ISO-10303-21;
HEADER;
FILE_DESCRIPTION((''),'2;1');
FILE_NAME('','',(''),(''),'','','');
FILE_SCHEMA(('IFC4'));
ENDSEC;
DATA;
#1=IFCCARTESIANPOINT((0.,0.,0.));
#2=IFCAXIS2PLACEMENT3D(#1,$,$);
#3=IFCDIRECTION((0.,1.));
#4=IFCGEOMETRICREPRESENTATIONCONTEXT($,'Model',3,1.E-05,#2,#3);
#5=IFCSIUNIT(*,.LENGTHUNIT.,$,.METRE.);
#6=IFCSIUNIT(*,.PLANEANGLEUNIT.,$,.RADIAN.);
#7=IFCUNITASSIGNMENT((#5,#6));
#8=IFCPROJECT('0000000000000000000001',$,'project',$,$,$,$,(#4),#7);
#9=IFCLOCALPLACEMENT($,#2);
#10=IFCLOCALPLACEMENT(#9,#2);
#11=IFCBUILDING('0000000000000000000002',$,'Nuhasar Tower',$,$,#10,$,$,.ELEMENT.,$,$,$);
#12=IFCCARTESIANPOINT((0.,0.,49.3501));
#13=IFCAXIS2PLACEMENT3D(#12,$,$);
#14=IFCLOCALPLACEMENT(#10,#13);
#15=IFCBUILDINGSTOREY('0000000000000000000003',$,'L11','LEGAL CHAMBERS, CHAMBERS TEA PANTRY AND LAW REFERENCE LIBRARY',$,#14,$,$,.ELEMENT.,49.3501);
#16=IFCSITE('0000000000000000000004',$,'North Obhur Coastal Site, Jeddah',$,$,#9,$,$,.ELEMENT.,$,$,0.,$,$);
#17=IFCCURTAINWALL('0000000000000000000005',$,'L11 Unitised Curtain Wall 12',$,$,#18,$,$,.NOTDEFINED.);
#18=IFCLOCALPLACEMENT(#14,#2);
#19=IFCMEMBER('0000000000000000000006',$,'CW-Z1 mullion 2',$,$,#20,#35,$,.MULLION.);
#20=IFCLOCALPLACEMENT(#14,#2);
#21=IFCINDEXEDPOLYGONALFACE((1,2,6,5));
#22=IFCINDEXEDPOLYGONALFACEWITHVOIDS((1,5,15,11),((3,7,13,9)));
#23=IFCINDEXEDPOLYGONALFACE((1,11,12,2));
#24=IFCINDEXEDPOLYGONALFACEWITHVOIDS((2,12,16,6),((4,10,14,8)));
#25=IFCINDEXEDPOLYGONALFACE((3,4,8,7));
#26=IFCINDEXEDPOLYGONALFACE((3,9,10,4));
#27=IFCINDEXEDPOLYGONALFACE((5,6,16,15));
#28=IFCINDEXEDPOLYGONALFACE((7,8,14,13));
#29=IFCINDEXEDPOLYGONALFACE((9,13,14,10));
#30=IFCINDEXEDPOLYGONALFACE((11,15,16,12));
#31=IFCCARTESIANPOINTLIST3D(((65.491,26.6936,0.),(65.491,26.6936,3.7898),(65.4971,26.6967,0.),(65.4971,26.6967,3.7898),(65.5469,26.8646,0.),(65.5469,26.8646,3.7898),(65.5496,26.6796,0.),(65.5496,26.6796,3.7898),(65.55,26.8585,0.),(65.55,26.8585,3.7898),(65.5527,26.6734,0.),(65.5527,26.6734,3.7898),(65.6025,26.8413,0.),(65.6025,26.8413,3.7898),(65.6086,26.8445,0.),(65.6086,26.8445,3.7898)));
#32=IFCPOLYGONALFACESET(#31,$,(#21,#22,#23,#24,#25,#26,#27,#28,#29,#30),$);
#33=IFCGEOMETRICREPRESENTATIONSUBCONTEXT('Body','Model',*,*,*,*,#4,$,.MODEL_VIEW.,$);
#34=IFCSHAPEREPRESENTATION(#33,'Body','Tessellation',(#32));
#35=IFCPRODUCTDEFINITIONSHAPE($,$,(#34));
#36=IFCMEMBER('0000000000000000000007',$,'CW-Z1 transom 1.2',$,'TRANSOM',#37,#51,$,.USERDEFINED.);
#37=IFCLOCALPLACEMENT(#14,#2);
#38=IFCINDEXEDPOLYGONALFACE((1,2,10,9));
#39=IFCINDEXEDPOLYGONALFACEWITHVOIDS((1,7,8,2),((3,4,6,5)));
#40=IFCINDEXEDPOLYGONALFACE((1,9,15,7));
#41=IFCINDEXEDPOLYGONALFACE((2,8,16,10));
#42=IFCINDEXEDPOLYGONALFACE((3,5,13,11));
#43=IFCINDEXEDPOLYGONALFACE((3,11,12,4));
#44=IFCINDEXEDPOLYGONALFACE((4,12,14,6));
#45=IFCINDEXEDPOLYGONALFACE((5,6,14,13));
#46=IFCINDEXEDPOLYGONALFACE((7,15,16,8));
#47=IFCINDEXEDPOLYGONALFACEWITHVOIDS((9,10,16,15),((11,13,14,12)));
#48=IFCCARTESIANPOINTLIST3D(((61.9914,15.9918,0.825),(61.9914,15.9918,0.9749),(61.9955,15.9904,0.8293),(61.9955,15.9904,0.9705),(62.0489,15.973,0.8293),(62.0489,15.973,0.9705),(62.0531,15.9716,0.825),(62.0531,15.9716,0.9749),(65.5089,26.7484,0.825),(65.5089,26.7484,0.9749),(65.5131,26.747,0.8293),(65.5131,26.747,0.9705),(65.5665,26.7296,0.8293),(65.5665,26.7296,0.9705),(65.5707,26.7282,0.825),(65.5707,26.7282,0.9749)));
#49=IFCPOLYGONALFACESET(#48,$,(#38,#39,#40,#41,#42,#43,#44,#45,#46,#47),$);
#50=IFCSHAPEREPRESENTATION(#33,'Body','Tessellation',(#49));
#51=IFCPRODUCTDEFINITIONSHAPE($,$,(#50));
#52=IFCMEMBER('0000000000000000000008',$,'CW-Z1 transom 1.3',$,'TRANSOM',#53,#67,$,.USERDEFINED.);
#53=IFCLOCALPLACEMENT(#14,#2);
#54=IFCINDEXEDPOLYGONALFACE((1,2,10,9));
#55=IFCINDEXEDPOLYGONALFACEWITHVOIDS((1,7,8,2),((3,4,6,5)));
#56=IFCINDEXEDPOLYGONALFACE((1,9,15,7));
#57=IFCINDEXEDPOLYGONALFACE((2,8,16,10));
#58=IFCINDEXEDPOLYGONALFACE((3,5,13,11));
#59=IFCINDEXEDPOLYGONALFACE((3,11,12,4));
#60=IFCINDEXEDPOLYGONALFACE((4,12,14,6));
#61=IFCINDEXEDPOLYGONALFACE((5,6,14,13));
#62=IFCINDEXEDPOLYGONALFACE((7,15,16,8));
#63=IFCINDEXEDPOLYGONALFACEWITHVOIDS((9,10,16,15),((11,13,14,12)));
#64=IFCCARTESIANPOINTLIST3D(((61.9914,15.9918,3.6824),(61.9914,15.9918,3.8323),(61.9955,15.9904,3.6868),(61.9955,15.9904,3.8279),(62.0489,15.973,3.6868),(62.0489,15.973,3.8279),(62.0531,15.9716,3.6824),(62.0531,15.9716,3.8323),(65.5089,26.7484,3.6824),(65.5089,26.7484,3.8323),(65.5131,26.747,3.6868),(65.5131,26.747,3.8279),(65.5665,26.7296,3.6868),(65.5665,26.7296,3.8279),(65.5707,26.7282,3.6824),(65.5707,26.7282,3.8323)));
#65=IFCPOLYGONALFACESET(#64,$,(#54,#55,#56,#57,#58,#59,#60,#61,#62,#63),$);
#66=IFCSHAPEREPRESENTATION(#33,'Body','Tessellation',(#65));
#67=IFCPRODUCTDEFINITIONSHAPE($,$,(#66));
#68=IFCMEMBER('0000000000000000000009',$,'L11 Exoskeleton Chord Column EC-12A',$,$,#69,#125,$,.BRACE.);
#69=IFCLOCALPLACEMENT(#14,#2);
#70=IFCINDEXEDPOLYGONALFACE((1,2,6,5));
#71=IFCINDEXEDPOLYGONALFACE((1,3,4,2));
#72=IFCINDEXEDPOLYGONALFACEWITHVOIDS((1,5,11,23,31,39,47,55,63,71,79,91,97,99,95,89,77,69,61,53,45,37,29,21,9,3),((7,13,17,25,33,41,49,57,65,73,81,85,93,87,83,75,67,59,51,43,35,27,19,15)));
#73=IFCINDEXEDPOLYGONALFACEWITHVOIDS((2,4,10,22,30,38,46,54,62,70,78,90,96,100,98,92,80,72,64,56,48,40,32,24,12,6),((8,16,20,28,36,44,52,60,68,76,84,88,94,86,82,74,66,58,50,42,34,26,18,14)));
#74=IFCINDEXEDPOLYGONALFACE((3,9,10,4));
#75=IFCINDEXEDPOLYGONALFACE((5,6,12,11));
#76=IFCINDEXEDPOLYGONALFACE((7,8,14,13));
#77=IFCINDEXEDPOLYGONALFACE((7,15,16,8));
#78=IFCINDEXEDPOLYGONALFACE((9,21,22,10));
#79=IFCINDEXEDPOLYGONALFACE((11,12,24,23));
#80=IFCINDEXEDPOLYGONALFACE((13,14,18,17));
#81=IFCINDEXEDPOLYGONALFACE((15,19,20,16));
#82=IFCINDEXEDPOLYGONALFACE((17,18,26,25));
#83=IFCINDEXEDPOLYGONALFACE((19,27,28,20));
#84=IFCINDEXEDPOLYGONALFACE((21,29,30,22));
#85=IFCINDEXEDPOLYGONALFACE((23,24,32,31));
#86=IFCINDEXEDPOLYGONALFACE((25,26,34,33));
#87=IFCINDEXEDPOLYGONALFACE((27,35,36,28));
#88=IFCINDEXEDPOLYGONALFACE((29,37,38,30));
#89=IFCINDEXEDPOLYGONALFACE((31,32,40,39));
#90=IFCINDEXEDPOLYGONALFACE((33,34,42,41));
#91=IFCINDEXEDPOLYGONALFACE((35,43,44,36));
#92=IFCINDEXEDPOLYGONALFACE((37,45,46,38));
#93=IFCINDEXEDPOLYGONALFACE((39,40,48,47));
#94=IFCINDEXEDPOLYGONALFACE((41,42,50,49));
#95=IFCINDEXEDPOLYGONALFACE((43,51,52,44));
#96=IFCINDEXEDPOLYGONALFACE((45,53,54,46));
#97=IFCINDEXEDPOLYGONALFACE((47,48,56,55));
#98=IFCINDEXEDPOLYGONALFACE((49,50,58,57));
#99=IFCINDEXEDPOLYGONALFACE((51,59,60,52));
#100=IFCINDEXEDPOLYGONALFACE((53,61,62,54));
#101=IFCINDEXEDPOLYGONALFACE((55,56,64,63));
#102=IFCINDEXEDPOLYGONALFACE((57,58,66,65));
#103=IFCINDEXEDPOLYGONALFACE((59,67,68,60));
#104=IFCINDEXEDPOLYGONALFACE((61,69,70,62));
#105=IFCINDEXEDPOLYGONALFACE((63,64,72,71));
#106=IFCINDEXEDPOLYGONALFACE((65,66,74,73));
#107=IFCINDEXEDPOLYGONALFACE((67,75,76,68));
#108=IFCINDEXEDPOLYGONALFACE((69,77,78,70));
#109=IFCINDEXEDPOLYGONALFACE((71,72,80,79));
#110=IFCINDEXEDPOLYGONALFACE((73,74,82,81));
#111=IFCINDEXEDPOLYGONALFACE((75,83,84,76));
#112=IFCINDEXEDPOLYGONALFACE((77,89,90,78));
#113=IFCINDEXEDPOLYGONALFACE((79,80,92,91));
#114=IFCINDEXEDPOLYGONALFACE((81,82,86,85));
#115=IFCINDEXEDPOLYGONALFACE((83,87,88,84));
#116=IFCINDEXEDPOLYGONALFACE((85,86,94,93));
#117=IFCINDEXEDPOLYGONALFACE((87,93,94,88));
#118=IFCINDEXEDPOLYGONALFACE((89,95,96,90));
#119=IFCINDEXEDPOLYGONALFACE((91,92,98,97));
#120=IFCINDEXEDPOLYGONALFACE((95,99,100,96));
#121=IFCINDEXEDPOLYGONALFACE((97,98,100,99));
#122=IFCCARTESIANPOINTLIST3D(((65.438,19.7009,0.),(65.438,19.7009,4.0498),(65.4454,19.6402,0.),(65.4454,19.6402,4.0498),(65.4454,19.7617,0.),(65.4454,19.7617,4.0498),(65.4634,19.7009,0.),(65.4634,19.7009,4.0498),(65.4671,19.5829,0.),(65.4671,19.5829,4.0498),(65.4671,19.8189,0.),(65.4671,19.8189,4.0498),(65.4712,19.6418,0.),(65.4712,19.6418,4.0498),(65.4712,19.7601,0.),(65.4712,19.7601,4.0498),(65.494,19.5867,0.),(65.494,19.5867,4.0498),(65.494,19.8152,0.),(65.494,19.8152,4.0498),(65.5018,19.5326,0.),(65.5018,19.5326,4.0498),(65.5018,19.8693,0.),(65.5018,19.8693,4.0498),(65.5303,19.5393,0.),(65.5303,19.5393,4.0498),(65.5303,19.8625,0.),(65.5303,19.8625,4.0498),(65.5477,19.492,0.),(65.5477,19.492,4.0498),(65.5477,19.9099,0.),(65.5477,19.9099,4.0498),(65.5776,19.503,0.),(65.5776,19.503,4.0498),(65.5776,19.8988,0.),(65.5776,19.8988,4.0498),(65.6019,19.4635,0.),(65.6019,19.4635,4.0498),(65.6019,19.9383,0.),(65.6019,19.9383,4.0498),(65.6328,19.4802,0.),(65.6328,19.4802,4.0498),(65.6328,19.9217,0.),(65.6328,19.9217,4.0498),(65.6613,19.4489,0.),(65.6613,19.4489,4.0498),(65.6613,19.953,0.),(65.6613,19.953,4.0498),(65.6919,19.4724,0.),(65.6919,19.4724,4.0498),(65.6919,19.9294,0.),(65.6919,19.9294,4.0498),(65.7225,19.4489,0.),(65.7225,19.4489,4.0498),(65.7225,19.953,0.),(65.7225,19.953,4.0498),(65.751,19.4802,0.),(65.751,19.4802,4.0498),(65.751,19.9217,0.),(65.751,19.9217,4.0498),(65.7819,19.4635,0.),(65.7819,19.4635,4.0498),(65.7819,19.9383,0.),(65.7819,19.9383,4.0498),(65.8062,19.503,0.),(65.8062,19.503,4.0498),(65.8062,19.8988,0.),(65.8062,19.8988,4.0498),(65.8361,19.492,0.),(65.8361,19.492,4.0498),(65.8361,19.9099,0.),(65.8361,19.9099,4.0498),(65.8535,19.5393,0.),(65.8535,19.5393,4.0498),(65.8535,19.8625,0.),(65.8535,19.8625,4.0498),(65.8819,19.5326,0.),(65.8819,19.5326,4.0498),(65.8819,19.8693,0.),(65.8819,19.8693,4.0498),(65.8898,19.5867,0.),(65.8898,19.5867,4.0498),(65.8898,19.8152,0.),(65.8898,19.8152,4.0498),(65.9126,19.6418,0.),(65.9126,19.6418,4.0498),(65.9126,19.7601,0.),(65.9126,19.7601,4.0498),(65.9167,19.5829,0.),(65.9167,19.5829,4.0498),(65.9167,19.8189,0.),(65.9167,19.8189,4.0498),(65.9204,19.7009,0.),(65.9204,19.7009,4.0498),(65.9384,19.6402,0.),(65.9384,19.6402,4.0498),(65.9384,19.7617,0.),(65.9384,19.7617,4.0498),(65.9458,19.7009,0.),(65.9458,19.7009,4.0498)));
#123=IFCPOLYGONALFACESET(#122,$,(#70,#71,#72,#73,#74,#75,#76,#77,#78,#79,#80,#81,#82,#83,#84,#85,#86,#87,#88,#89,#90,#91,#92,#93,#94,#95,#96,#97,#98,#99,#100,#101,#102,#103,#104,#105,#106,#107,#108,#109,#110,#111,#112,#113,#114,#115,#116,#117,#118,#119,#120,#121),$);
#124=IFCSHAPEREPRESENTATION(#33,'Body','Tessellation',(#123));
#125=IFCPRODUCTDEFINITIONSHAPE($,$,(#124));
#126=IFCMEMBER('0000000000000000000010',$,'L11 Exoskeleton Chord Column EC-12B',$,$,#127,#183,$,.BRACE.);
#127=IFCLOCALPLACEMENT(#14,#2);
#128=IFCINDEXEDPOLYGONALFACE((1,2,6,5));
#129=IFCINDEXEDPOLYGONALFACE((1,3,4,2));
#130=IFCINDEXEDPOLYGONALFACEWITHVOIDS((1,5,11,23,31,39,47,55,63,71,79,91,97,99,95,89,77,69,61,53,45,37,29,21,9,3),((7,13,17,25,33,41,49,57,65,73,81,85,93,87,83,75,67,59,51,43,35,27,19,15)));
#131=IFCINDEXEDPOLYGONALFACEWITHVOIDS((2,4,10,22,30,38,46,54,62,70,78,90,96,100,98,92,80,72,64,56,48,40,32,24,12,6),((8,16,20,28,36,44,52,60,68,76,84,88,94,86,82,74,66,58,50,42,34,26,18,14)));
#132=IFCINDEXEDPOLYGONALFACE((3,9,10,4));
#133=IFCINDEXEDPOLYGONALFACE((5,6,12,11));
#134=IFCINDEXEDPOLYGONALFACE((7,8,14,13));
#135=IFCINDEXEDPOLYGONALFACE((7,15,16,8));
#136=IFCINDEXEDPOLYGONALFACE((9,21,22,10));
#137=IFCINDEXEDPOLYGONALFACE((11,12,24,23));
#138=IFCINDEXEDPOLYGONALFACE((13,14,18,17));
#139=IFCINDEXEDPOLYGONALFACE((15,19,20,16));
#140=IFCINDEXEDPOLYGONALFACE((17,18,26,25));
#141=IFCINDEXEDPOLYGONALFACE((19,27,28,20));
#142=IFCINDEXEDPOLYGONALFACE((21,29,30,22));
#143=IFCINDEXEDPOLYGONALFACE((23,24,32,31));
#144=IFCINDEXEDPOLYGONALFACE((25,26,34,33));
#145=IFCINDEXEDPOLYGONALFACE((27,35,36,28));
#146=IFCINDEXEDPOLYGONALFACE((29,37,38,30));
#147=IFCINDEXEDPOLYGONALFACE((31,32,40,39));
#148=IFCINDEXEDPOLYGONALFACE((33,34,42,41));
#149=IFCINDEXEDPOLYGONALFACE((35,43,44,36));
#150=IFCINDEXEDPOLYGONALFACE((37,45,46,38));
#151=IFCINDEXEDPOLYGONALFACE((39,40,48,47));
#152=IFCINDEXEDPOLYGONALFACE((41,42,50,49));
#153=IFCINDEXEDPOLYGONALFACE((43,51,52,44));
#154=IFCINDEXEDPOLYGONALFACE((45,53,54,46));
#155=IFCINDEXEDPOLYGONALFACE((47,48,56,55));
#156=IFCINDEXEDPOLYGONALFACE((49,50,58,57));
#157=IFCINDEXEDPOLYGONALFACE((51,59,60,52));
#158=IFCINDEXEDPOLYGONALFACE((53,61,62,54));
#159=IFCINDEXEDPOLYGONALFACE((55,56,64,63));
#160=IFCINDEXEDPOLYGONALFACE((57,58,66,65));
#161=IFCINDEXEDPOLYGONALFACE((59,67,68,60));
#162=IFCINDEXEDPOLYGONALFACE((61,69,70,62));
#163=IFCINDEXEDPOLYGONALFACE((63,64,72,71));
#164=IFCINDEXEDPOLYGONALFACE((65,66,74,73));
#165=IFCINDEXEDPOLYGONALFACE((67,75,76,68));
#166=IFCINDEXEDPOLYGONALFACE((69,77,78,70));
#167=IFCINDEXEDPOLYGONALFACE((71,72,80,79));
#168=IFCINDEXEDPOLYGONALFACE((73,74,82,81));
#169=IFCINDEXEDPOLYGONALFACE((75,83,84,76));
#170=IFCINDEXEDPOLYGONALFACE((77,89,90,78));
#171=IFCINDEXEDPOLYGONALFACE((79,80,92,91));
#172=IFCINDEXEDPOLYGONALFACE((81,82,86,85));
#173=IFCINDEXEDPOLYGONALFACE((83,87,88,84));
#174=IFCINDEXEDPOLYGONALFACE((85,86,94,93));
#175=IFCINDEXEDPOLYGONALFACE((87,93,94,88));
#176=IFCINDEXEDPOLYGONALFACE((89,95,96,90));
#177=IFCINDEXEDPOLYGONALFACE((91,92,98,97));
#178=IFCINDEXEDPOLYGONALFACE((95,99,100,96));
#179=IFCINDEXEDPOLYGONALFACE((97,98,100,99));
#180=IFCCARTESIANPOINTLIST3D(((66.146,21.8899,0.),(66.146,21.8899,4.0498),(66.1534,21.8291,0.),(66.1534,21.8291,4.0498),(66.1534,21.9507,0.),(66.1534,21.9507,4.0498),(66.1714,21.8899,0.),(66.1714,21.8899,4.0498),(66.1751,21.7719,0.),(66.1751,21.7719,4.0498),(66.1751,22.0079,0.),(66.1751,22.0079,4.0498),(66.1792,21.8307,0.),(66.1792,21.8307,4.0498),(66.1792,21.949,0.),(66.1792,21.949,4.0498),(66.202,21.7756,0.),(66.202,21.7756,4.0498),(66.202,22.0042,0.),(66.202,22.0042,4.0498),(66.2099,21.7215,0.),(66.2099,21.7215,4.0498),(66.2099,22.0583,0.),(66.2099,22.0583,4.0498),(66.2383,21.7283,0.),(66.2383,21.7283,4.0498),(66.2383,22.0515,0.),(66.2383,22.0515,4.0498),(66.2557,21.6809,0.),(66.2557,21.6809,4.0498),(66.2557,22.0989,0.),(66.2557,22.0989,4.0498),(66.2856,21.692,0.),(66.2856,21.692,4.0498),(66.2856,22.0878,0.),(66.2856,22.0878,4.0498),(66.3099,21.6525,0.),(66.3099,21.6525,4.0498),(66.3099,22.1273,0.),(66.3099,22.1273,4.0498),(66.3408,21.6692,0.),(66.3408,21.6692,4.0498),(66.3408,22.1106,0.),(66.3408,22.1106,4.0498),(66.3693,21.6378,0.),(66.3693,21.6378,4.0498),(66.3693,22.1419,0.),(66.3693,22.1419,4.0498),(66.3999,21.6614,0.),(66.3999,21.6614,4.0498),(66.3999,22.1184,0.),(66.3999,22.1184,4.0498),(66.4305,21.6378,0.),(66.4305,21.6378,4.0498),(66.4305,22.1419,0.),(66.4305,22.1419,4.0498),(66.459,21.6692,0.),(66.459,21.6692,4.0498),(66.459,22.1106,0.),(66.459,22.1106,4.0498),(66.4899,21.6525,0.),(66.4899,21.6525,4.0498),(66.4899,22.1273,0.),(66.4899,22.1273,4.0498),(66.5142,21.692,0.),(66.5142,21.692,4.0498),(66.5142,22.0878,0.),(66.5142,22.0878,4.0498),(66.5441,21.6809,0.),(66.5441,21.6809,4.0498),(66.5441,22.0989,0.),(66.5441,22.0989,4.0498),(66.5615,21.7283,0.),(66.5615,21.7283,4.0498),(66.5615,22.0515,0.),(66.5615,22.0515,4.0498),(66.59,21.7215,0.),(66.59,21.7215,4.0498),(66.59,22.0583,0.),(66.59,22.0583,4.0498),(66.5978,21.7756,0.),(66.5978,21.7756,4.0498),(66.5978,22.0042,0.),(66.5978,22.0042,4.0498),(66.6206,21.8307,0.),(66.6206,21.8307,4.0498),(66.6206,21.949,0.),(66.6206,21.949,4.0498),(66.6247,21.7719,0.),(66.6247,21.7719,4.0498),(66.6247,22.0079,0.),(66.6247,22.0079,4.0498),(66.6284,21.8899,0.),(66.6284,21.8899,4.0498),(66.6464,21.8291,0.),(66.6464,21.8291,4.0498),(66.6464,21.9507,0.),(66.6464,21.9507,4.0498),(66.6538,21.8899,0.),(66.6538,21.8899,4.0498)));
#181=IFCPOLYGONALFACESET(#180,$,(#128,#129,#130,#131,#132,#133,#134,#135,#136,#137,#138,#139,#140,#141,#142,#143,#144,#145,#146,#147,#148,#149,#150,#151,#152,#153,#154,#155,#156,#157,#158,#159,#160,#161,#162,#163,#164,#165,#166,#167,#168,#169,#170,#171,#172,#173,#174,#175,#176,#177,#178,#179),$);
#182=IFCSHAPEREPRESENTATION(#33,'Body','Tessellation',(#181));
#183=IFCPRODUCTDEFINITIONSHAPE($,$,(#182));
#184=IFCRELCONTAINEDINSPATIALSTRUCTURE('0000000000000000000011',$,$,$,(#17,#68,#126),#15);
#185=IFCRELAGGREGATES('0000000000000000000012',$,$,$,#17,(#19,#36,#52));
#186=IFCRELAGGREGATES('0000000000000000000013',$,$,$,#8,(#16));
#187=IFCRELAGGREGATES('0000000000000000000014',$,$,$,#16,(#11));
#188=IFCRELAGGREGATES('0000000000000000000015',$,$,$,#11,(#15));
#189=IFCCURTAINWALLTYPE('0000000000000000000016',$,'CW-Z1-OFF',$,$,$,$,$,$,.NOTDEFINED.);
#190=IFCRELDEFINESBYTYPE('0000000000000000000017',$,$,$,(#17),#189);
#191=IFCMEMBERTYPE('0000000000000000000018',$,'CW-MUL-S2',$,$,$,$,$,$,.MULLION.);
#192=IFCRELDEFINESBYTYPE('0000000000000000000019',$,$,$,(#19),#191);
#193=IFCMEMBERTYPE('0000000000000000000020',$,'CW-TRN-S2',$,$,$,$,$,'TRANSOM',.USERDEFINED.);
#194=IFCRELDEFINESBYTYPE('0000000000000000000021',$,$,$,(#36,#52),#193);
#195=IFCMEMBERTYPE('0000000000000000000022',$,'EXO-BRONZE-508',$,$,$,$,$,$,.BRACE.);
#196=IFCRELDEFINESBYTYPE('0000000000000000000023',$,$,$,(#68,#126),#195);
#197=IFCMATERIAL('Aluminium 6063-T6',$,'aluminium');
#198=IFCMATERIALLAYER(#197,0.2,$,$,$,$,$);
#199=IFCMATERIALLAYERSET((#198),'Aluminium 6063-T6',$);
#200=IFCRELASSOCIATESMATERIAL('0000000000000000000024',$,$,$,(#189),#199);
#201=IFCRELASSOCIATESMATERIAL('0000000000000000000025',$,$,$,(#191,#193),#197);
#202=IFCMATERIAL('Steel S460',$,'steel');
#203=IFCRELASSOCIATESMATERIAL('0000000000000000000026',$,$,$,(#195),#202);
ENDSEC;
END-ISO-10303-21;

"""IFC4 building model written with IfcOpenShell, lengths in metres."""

from ifc_helpers import new_model, si_unit, direction, frame, origin, origin_2d, place, context, subcontext, project, spatial, hollow_rectangle, hollow_circle, extrude, material, layer, layer_set, material_profile, profile_set, type_object, element, aggregate, save


model = new_model("IFC4")

# Units and contexts
model_context = context("Model", 3, precision=1e-05, world=origin(), true_north=direction((0.0, 1.0)))
body_context = subcontext(model_context, "Body", "Model", "MODEL_VIEW")
ifc_project = project(units=[si_unit("LENGTHUNIT", "METRE"), si_unit("PLANEANGLEUNIT", "RADIAN")], contexts=[model_context])

# Site, building, storey
site_placement = place(None, origin())
site = spatial("IfcSite", under=ifc_project, at=site_placement, Name="North Obhur Coastal Site, Jeddah", CompositionType="ELEMENT", RefElevation=0.0)
building_placement = place(site_placement, origin())
building = spatial("IfcBuilding", under=site, at=building_placement, Name="Nuhasar Tower", CompositionType="ELEMENT")
storey_placement = place(building_placement, frame((0.0, 0.0, 49.3501)))
storey = spatial("IfcBuildingStorey", under=building, at=storey_placement, Name="L11", Description="LEGAL CHAMBERS, CHAMBERS TEA PANTRY AND LAW REFERENCE LIBRARY", CompositionType="ELEMENT", Elevation=49.3501)

# Curtain wall, members
ifc_material_1 = material(Name="Aluminium 6063-T6", Category="aluminium")
ifc_layer_1 = layer(ifc_material_1, 0.2)
ifc_layer_set_1 = layer_set([ifc_layer_1], Name="Aluminium 6063-T6")
curtain_wall_type = type_object("IfcCurtainWallType", Name="CW-Z1-OFF", PredefinedType="NOTDEFINED", material=ifc_layer_set_1)
curtain_wall_placement = place(storey_placement, origin())
curtain_wall = element("IfcCurtainWall", 1, at=curtain_wall_placement, inside=storey, type_object=curtain_wall_type, Name="L11 Unitised Curtain Wall 12", PredefinedType="NOTDEFINED")
ifc_material_profile_1 = material_profile(ifc_material_1, hollow_rectangle(XDim=0.0649, YDim=0.1799, WallThickness=0.0049, at=origin_2d()), Name="CWM-2")
ifc_profile_set_1 = profile_set([ifc_material_profile_1], Name="Aluminium 6063-T6")
member_type_1 = type_object("IfcMemberType", Name="CW-MUL-S2", PredefinedType="MULLION", material=ifc_profile_set_1)
member_1_placement = place(storey_placement, frame((65.5498, 26.769, 0.0), z_axis=(0.0, 0.0, 1.0), x_axis=(-0.950468, 0.310824, 0.0)))
member_1 = element("IfcMember", 2, at=member_1_placement, type_object=member_type_1, Name="CW-Z1 mullion 2", PredefinedType="MULLION", context=body_context, shape_type="SweptSolid", body=[
    extrude(hollow_rectangle(XDim=0.0649, YDim=0.1799, WallThickness=0.0049, at=origin_2d()), origin(), (0.0, 0.0, 1.0), 3.7898),
])
ifc_material_profile_2 = material_profile(ifc_material_1, hollow_rectangle(XDim=0.0649, YDim=0.1499, WallThickness=0.0044, at=origin_2d()), Name="CWT-2")
ifc_profile_set_2 = profile_set([ifc_material_profile_2], Name="Aluminium 6063-T6")
member_type_2 = type_object("IfcMemberType", Name="CW-TRN-S2", ElementType="TRANSOM", PredefinedType="USERDEFINED", material=ifc_profile_set_2)
member_2_placement = place(storey_placement, frame((62.0222, 15.9817, 0.8999), z_axis=(0.310819, 0.950469, 0.0), x_axis=(-0.950469, 0.310819, 0.0)))
member_2 = element("IfcMember", 3, at=member_2_placement, type_object=member_type_2, Name="CW-Z1 transom 1.2", ObjectType="TRANSOM", PredefinedType="USERDEFINED", context=body_context, shape_type="SweptSolid", body=[
    extrude(hollow_rectangle(XDim=0.0649, YDim=0.1499, WallThickness=0.0044, at=origin_2d()), origin(), (0.0, 0.0, 1.0), 11.3171),
])
member_3_placement = place(storey_placement, frame((62.0222, 15.9817, 3.7573), z_axis=(0.310819, 0.950469, 0.0), x_axis=(-0.950469, 0.310819, 0.0)))
member_3 = element("IfcMember", 4, at=member_3_placement, type_object=member_type_2, Name="CW-Z1 transom 1.3", ObjectType="TRANSOM", PredefinedType="USERDEFINED", context=body_context, shape_type="SweptSolid", body=[
    extrude(hollow_rectangle(XDim=0.0649, YDim=0.1499, WallThickness=0.0044, at=origin_2d()), origin(), (0.0, 0.0, 1.0), 11.3171),
])

# Members
ifc_material_2 = material(Name="Steel S460", Category="steel")
ifc_material_profile_3 = material_profile(ifc_material_2, hollow_circle(Radius=0.2539, WallThickness=0.0254, at=origin_2d()), Name="HSS508X25.4")
ifc_profile_set_3 = profile_set([ifc_material_profile_3], Name="Steel S460")
member_type_3 = type_object("IfcMemberType", Name="EXO-BRONZE-508", PredefinedType="BRACE", material=ifc_profile_set_3)
for number, where, z_axis, x_axis, name in (
    (5, (65.6919, 19.7009, 0.0), (0.0, 0.0, 1.0), (1.0, 0.0, 0.0), "L11 Exoskeleton Chord Column EC-12A"),
    (6, (66.3999, 21.8899, 0.0), (0.0, 0.0, 1.0), (1.0, 0.0, 0.0), "L11 Exoskeleton Chord Column EC-12B"),
):
    element("IfcMember", number, at=place(storey_placement, frame(where, z_axis=z_axis, x_axis=x_axis)), inside=storey, type_object=member_type_3, Name=name, PredefinedType="BRACE", context=body_context, shape_type="SweptSolid", body=[
        extrude(hollow_circle(Radius=0.2539, WallThickness=0.0254, at=origin_2d()), origin(), (0.0, 0.0, 1.0), 4.0498),
    ])

aggregate(curtain_wall, [member_1, member_2, member_3])

save(model, "model.ifc")
